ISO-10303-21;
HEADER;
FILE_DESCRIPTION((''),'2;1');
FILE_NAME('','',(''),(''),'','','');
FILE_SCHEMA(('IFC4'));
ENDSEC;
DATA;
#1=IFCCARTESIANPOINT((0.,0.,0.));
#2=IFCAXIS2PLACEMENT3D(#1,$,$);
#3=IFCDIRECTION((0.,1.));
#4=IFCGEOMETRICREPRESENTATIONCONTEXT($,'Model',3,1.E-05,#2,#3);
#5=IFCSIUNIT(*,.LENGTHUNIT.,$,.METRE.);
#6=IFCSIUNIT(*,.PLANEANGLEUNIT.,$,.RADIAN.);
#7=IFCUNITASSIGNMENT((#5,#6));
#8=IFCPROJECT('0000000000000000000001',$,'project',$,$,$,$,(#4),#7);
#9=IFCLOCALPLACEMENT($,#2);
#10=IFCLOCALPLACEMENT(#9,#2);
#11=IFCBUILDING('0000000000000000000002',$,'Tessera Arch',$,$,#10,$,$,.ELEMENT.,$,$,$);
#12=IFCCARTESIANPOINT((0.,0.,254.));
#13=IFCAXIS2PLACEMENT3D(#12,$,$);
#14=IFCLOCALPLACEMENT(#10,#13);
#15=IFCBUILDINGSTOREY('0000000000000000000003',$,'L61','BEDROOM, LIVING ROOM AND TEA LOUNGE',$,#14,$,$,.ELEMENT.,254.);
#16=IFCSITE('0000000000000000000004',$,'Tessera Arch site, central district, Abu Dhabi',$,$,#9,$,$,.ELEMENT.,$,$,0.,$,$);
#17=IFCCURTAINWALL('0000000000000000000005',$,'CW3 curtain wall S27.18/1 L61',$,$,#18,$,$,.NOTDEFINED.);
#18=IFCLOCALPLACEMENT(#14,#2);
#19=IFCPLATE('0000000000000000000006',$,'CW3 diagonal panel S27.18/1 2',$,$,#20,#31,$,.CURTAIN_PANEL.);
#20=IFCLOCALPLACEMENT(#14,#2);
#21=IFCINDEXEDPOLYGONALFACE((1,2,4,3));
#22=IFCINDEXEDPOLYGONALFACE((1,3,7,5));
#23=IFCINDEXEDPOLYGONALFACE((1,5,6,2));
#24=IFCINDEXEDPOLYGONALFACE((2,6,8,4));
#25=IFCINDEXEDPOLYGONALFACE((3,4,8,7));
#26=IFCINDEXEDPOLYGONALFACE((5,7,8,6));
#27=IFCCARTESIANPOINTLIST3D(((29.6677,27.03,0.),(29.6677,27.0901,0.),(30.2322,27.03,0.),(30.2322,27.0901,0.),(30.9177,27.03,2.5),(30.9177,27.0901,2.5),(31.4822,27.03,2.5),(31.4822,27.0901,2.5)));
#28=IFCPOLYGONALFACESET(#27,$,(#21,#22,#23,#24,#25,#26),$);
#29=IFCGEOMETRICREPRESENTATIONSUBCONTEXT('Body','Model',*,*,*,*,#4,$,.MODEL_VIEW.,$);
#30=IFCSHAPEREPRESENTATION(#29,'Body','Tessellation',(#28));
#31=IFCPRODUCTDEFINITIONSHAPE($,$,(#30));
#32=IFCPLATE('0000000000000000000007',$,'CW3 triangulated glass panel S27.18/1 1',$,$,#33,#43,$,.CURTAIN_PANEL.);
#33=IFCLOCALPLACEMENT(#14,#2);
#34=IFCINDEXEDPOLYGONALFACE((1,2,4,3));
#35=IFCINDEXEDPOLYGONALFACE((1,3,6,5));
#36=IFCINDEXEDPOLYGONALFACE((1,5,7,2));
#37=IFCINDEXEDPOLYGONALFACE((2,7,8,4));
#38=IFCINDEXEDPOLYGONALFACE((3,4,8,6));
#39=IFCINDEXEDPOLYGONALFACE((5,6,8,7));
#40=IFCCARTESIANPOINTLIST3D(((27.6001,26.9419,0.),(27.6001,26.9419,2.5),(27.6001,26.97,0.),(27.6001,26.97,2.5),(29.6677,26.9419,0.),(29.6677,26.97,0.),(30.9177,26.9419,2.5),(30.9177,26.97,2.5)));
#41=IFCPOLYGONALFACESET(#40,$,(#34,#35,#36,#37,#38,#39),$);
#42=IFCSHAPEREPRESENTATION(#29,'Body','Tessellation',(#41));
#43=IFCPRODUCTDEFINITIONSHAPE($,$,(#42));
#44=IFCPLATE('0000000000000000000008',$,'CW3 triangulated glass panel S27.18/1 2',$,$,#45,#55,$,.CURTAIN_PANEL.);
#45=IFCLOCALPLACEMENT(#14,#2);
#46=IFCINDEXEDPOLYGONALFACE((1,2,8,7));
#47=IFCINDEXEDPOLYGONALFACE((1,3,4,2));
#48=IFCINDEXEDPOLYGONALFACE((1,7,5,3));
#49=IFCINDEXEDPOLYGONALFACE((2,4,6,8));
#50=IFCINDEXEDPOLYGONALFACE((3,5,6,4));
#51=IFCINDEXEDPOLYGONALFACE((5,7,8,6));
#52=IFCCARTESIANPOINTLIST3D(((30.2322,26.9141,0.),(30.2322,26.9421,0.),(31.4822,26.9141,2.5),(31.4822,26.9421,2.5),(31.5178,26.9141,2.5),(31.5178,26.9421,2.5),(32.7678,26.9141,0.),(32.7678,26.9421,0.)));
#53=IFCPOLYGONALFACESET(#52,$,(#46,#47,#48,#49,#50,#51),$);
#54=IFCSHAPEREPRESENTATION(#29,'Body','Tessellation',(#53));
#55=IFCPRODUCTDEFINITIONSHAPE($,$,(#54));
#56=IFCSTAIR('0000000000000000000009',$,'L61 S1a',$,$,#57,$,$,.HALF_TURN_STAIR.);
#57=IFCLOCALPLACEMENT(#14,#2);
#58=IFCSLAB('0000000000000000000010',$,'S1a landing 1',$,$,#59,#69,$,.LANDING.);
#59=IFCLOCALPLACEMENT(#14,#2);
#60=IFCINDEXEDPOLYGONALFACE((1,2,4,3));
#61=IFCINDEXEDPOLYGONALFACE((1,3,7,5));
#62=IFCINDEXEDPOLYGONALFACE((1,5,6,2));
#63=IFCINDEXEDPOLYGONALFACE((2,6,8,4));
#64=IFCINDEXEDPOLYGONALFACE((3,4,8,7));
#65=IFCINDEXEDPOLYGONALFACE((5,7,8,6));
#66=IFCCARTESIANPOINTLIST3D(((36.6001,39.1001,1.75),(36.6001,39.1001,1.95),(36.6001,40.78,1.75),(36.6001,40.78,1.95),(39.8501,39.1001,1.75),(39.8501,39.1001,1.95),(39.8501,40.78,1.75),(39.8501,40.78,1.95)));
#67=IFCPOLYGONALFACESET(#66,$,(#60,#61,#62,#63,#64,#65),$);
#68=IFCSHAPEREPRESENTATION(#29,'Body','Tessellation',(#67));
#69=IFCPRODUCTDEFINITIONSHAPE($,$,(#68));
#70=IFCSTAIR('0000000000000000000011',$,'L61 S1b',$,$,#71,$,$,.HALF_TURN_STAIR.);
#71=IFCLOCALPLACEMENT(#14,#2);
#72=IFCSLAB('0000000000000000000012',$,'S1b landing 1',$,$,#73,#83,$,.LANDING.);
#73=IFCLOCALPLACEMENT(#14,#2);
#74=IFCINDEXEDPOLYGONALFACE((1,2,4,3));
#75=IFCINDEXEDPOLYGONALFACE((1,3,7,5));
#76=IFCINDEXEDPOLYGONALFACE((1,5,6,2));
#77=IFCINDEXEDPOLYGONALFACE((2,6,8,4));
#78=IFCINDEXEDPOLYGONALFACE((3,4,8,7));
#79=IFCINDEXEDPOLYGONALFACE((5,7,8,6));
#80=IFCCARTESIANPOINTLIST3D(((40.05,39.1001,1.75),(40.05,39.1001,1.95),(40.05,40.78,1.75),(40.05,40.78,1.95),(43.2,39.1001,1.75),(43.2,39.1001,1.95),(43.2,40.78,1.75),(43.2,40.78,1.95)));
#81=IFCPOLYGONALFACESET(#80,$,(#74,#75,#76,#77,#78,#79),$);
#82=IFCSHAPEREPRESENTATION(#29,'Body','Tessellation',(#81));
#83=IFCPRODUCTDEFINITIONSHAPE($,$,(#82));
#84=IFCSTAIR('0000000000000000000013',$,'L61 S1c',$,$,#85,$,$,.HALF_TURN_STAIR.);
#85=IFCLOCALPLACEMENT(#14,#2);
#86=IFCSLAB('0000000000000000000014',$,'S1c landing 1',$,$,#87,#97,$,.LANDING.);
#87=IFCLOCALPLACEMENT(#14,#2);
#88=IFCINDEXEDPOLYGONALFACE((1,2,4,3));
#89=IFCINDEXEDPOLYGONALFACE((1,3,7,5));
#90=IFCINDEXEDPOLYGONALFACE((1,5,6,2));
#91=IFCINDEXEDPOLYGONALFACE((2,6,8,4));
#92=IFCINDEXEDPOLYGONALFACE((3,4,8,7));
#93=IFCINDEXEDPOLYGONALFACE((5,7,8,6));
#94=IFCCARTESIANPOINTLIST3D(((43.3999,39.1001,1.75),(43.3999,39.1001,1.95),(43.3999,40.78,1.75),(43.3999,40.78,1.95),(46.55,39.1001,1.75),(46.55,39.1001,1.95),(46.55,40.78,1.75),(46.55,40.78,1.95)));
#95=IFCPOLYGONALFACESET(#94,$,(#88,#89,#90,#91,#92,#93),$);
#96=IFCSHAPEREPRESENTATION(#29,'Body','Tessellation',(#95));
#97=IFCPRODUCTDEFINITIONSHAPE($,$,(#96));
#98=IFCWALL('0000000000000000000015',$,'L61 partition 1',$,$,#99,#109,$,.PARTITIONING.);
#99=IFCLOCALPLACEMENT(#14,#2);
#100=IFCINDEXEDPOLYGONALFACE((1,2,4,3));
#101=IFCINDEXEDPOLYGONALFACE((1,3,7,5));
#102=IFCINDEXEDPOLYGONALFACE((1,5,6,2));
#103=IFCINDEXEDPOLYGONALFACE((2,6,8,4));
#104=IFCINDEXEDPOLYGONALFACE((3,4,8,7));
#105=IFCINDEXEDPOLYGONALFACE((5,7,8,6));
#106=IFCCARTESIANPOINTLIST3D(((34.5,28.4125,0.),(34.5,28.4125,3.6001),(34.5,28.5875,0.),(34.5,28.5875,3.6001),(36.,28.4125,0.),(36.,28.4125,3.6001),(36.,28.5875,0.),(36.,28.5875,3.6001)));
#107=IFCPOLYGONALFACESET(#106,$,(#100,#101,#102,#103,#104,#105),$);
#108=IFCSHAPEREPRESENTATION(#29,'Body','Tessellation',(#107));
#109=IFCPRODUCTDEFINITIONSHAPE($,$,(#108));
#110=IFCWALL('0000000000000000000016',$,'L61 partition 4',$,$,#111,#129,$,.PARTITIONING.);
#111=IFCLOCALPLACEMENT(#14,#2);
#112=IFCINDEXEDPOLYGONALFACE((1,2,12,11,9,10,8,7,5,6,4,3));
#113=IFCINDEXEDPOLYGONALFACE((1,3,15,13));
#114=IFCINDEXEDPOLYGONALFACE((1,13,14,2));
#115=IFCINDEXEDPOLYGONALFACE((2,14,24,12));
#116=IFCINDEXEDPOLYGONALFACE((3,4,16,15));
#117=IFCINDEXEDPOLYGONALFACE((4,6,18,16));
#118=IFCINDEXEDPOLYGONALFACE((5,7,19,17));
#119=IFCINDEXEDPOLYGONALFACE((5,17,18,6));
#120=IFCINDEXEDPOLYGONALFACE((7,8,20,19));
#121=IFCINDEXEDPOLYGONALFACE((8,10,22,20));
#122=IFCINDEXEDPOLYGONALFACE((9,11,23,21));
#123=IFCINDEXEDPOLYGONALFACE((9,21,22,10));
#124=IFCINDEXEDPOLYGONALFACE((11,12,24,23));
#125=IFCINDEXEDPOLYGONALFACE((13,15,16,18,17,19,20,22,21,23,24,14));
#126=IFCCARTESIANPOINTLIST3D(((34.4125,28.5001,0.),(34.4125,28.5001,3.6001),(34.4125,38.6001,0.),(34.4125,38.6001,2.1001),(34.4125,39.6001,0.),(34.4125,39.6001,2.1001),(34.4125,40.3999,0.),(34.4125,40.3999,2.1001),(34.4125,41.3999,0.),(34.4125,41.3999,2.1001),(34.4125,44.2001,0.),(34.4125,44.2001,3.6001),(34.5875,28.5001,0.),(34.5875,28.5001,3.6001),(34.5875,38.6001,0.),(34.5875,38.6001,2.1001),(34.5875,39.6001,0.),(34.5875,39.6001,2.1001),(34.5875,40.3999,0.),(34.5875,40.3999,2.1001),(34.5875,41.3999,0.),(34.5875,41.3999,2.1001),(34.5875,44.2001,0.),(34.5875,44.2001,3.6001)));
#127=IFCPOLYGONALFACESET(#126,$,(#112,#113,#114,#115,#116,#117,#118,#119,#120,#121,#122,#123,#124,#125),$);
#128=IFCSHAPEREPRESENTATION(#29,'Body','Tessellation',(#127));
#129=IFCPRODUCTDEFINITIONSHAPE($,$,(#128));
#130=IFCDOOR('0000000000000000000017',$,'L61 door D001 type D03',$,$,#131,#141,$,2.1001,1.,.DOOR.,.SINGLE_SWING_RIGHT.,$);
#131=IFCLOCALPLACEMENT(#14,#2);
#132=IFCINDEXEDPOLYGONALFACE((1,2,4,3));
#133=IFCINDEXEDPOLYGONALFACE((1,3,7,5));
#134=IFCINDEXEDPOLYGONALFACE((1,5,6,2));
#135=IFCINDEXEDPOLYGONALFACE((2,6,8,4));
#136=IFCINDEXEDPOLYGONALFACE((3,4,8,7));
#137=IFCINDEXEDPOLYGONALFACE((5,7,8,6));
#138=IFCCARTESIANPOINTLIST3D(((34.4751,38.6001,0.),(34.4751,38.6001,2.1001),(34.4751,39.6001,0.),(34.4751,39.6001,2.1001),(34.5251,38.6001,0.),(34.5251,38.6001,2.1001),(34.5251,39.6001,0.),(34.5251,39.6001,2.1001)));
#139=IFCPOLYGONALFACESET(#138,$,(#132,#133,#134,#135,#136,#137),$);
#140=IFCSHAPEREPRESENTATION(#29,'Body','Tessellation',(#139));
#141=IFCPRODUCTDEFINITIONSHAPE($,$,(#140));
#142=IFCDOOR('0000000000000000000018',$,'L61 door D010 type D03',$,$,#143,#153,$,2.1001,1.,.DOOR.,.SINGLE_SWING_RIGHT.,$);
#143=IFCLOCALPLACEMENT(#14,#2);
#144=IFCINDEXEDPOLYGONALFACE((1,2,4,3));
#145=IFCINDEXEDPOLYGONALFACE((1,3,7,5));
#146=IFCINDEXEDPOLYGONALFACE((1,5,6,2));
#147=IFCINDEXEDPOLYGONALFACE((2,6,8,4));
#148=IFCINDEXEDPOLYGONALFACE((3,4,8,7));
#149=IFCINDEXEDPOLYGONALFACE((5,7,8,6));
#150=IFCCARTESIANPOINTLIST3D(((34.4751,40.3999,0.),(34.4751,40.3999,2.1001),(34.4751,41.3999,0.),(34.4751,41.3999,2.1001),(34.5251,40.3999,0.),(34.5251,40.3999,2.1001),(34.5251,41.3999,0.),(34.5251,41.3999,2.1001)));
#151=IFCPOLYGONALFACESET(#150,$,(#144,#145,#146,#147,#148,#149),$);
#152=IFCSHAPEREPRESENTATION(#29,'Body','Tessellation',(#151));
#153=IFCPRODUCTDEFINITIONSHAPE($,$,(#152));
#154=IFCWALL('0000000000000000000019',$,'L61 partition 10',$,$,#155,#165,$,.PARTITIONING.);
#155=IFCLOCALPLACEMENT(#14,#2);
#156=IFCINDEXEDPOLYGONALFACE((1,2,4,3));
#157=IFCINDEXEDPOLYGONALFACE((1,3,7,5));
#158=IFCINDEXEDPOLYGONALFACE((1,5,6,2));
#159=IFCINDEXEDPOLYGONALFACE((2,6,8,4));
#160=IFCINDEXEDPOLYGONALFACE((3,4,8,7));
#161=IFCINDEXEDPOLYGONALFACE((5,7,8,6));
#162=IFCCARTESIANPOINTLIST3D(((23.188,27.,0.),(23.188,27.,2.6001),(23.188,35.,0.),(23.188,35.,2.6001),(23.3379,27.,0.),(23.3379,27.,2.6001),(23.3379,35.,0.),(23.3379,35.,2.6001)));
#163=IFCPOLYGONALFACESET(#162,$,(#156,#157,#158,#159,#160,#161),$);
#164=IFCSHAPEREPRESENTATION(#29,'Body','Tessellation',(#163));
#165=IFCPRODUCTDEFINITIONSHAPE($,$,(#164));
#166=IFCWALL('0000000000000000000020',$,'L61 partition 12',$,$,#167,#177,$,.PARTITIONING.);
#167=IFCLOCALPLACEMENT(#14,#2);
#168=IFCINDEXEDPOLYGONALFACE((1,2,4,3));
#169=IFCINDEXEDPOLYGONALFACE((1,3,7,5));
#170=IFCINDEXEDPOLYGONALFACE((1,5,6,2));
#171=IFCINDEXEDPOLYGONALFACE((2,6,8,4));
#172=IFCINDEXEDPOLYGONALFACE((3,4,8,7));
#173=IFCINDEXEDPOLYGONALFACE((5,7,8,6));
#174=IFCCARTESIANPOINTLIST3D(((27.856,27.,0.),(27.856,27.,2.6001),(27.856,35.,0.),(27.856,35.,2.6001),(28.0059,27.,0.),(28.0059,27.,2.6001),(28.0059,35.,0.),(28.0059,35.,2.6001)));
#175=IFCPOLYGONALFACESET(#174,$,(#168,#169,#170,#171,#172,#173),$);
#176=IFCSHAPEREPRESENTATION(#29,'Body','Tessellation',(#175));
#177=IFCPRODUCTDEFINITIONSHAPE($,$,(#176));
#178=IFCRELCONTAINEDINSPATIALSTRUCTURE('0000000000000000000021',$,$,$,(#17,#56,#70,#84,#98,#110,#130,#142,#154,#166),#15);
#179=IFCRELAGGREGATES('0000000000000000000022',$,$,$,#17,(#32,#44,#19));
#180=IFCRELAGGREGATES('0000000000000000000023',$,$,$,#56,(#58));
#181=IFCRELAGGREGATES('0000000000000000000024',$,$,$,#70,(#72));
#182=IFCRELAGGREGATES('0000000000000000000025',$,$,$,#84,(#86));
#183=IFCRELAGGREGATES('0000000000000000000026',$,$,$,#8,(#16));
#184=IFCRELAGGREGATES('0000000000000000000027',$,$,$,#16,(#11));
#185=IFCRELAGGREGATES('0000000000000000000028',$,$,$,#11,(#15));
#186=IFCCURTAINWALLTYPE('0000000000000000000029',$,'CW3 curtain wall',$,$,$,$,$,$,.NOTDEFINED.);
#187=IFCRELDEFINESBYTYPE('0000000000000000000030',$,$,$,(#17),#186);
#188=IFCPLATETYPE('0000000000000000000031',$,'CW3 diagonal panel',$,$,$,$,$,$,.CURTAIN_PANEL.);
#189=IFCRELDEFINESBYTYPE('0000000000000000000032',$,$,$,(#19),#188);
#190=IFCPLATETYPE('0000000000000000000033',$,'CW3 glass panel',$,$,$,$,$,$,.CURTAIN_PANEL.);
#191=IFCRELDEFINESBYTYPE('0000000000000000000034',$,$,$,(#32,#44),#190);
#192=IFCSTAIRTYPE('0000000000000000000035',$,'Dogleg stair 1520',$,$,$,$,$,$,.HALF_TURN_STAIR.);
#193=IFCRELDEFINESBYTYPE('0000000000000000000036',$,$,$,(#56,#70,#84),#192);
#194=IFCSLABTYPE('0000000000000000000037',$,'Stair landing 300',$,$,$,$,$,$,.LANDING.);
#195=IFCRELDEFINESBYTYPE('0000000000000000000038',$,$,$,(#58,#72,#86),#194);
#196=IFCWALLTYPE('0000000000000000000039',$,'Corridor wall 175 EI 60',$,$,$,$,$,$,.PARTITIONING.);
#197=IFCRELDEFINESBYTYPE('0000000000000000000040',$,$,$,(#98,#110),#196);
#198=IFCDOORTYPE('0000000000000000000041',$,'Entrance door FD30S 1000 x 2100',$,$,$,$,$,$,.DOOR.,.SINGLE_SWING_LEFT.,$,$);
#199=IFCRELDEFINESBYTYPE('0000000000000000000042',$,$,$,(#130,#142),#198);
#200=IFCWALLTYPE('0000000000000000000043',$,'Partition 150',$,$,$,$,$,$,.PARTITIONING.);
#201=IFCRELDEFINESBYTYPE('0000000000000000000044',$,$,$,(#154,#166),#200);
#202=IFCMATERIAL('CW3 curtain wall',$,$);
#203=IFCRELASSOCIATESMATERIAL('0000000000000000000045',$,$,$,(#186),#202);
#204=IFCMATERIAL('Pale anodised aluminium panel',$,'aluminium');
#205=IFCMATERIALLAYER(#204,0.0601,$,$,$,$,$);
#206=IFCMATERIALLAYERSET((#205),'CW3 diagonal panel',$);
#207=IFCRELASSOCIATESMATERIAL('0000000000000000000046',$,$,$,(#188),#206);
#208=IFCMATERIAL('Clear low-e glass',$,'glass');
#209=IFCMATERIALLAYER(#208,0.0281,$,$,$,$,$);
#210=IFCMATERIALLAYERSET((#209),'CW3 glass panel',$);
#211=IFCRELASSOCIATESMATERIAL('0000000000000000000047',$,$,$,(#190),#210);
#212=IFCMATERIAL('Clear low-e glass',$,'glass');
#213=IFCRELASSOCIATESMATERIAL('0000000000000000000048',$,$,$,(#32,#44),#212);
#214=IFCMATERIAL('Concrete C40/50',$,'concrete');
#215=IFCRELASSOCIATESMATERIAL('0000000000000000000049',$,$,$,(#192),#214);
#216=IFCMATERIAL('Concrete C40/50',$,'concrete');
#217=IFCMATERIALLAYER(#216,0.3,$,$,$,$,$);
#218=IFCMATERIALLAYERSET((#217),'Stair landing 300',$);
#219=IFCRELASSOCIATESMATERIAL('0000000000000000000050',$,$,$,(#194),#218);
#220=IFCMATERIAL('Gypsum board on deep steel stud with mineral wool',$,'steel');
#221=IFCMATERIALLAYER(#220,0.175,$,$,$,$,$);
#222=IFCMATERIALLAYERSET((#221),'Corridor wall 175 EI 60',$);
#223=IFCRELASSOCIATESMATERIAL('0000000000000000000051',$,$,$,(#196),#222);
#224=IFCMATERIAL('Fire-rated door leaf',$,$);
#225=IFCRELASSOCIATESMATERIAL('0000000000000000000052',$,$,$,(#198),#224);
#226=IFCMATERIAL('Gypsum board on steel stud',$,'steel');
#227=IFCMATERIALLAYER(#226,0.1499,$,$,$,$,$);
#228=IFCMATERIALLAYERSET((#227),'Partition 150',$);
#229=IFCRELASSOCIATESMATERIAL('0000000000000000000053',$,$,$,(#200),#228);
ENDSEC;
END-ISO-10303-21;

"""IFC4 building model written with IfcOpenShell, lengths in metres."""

from ifc_helpers import new_model, si_unit, direction, frame, frame_2d, origin, place, context, subcontext, project, spatial, polyline, rectangle, outline, extrude, material, layer, layer_set, type_object, element, fill, aggregate, save


model = new_model("IFC4")

# Units and contexts
model_context = context("Model", 3, precision=1e-05, world=origin(), true_north=direction((0.0, 1.0)))
body_context = subcontext(model_context, "Body", "Model", "MODEL_VIEW")
ifc_project = project(units=[si_unit("LENGTHUNIT", "METRE"), si_unit("PLANEANGLEUNIT", "RADIAN")], contexts=[model_context])

# Site, building, storey
site_placement = place(None, origin())
site = spatial("IfcSite", under=ifc_project, at=site_placement, Name="Tessera Arch site, central district, Abu Dhabi", CompositionType="ELEMENT", RefElevation=0.0)
building_placement = place(site_placement, origin())
building = spatial("IfcBuilding", under=site, at=building_placement, Name="Tessera Arch", CompositionType="ELEMENT")
storey_placement = place(building_placement, frame((0.0, 0.0, 254.0)))
storey = spatial("IfcBuildingStorey", under=building, at=storey_placement, Name="L61", Description="BEDROOM, LIVING ROOM AND TEA LOUNGE", CompositionType="ELEMENT", Elevation=254.0)

# Curtain wall
ifc_material_1 = material(Name="CW3 curtain wall")
curtain_wall_type_1 = type_object("IfcCurtainWallType", Name="CW3 curtain wall", PredefinedType="NOTDEFINED", material=ifc_material_1)
curtain_wall_1_placement = place(storey_placement, origin())
curtain_wall_1 = element("IfcCurtainWall", 1, at=curtain_wall_1_placement, inside=storey, type_object=curtain_wall_type_1, Name="CW3 curtain wall S27.18/1 L61", PredefinedType="NOTDEFINED")

# Shared definitions
ifc_material_2 = material(Name="Clear low-e glass", Category="glass")

# Plates
ifc_material_3 = material(Name="Pale anodised aluminium panel", Category="aluminium")
ifc_layer_1 = layer(ifc_material_3, 0.0601)
ifc_layer_set_1 = layer_set([ifc_layer_1], Name="CW3 diagonal panel")
plate_type_1 = type_object("IfcPlateType", Name="CW3 diagonal panel", PredefinedType="CURTAIN_PANEL", material=ifc_layer_set_1)
plate_1_placement = place(storey_placement, frame((31.4822, 27.03, 2.5), z_axis=(0.0, -1.0, 0.0), x_axis=(-1.0, 0.0, 0.0)))
plate_1 = element("IfcPlate", 2, at=plate_1_placement, type_object=plate_type_1, Name="CW3 diagonal panel S27.18/1 2", PredefinedType="CURTAIN_PANEL", context=body_context, shape_type="SweptSolid", body=[
    extrude(outline(polyline([(0.0, 0.0), (0.5645, 0.0), (1.8145, 2.5), (1.25, 2.5), (0.0, 0.0)])), origin(), (0.0, 0.0, -1.0), 0.0601),
])
ifc_material_4 = material(Name="Clear low-e glass", Category="glass")
ifc_layer_2 = layer(ifc_material_4, 0.0281)
ifc_layer_set_2 = layer_set([ifc_layer_2], Name="CW3 glass panel")
plate_type_2 = type_object("IfcPlateType", Name="CW3 glass panel", PredefinedType="CURTAIN_PANEL", material=ifc_layer_set_2)
plate_2_placement = place(storey_placement, frame((27.6001, 26.9419, 0.0), z_axis=(0.0, -1.0, 0.0), x_axis=(1.0, 0.0, 0.0)))
plate_2 = element("IfcPlate", 3, at=plate_2_placement, type_object=plate_type_2, material=ifc_material_2, Name="CW3 triangulated glass panel S27.18/1 1", PredefinedType="CURTAIN_PANEL", context=body_context, shape_type="SweptSolid", body=[
    extrude(outline(polyline([(0.0, 0.0), (2.0676, 0.0), (3.3176, 2.5), (0.0, 2.5), (0.0, 0.0)])), origin(), (0.0, 0.0, -1.0), 0.0281),
])
plate_3_placement = place(storey_placement, frame((31.5178, 26.9141, 2.5), z_axis=(0.0, -1.0, 0.0), x_axis=(-1.0, 0.0, 0.0)))
plate_3 = element("IfcPlate", 4, at=plate_3_placement, type_object=plate_type_2, material=ifc_material_2, Name="CW3 triangulated glass panel S27.18/1 2", PredefinedType="CURTAIN_PANEL", context=body_context, shape_type="SweptSolid", body=[
    extrude(outline(polyline([(0.0, 0.0), (0.0356, 0.0), (1.2856, 2.5), (-1.25, 2.5), (0.0, 0.0)])), origin(), (0.0, 0.0, -1.0), 0.0281),
])
aggregate(curtain_wall_1, [plate_2, plate_3, plate_1])

# Stairs, slabs
ifc_material_5 = material(Name="Concrete C40/50", Category="concrete")
stair_type = type_object("IfcStairType", Name="Dogleg stair 1520", PredefinedType="HALF_TURN_STAIR", material=ifc_material_5)
stair_1_placement = place(storey_placement, origin())
stair_1 = element("IfcStair", 5, at=stair_1_placement, inside=storey, type_object=stair_type, Name="L61 S1a", PredefinedType="HALF_TURN_STAIR")
ifc_material_6 = material(Name="Concrete C40/50", Category="concrete")
ifc_layer_3 = layer(ifc_material_6, 0.3)
ifc_layer_set_3 = layer_set([ifc_layer_3], Name="Stair landing 300")
slab_type = type_object("IfcSlabType", Name="Stair landing 300", PredefinedType="LANDING", material=ifc_layer_set_3)
slab_1_placement = place(storey_placement, frame((0.0, 0.0, 1.75)))
slab_1 = element("IfcSlab", 6, at=slab_1_placement, type_object=slab_type, Name="S1a landing 1", PredefinedType="LANDING", context=body_context, shape_type="SweptSolid", body=[
    extrude(outline(polyline([(36.6001, 40.78), (36.6001, 39.1001), (39.8501, 39.1001), (39.8501, 40.78), (36.6001, 40.78)])), origin(), (0.0, 0.0, 1.0), 0.2),
])
aggregate(stair_1, [slab_1])
stair_2_placement = place(storey_placement, origin())
stair_2 = element("IfcStair", 7, at=stair_2_placement, inside=storey, type_object=stair_type, Name="L61 S1b", PredefinedType="HALF_TURN_STAIR")
slab_2_placement = place(storey_placement, frame((0.0, 0.0, 1.75)))
slab_2 = element("IfcSlab", 8, at=slab_2_placement, type_object=slab_type, Name="S1b landing 1", PredefinedType="LANDING", context=body_context, shape_type="SweptSolid", body=[
    extrude(outline(polyline([(40.05, 40.78), (40.05, 39.1001), (43.2, 39.1001), (43.2, 40.78), (40.05, 40.78)])), origin(), (0.0, 0.0, 1.0), 0.2),
])
aggregate(stair_2, [slab_2])
stair_3_placement = place(storey_placement, origin())
stair_3 = element("IfcStair", 9, at=stair_3_placement, inside=storey, type_object=stair_type, Name="L61 S1c", PredefinedType="HALF_TURN_STAIR")
slab_3_placement = place(storey_placement, frame((0.0, 0.0, 1.75)))
slab_3 = element("IfcSlab", 10, at=slab_3_placement, type_object=slab_type, Name="S1c landing 1", PredefinedType="LANDING", context=body_context, shape_type="SweptSolid", body=[
    extrude(outline(polyline([(43.3999, 40.78), (43.3999, 39.1001), (46.55, 39.1001), (46.55, 40.78), (43.3999, 40.78)])), origin(), (0.0, 0.0, 1.0), 0.2),
])
aggregate(stair_3, [slab_3])

# Wall
ifc_material_7 = material(Name="Gypsum board on deep steel stud with mineral wool", Category="steel")
ifc_layer_4 = layer(ifc_material_7, 0.175)
ifc_layer_set_4 = layer_set([ifc_layer_4], Name="Corridor wall 175 EI 60")
wall_type_1 = type_object("IfcWallType", Name="Corridor wall 175 EI 60", PredefinedType="PARTITIONING", material=ifc_layer_set_4)
wall_1_placement = place(storey_placement, frame((34.5, 28.5, 0.0), z_axis=(0.0, 0.0, 1.0), x_axis=(1.0, 0.0, 0.0)))
element("IfcWall", 11, at=wall_1_placement, inside=storey, type_object=wall_type_1, Name="L61 partition 1", PredefinedType="PARTITIONING", context=body_context, shape_type="SweptSolid", body=[
    extrude(rectangle(XDim=1.5, YDim=0.175, at=frame_2d((0.75, 0.0))), origin(), (0.0, 0.0, 1.0), 3.6001),
])

# Wall, openings, doors
wall_2_placement = place(storey_placement, frame((34.5, 28.5, 0.0), z_axis=(0.0, 0.0, 1.0), x_axis=(0.0, 1.0, 0.0)))
wall_2 = element("IfcWall", 12, at=wall_2_placement, inside=storey, type_object=wall_type_1, Name="L61 partition 4", PredefinedType="PARTITIONING", context=body_context, shape_type="SweptSolid", body=[
    extrude(rectangle(XDim=15.7, YDim=0.175, at=frame_2d((7.8501, 0.0))), origin(), (0.0, 0.0, 1.0), 3.6001),
])
opening_1_placement = place(wall_2_placement, frame((10.1001, 0.0, 0.0)))
opening_1 = element("IfcOpeningElement", 13, at=opening_1_placement, cuts=wall_2, PredefinedType="OPENING", context=body_context, shape_type="SweptSolid", body=[
    extrude(rectangle(XDim=1.0, YDim=2.1001, at=frame_2d((0.5, 1.05))), frame((0.0, 0.0974, 0.0), z_axis=(0.0, -1.0, 0.0), x_axis=(1.0, 0.0, 0.0)), (0.0, 0.0, 1.0), 0.1951),
])
opening_2_placement = place(wall_2_placement, frame((11.8999, 0.0, 0.0)))
opening_2 = element("IfcOpeningElement", 14, at=opening_2_placement, cuts=wall_2, PredefinedType="OPENING", context=body_context, shape_type="SweptSolid", body=[
    extrude(rectangle(XDim=1.0, YDim=2.1001, at=frame_2d((0.5, 1.05))), frame((0.0, 0.0974, 0.0), z_axis=(0.0, -1.0, 0.0), x_axis=(1.0, 0.0, 0.0)), (0.0, 0.0, 1.0), 0.1951),
])
ifc_material_8 = material(Name="Fire-rated door leaf")
door_type_1 = type_object("IfcDoorType", Name="Entrance door FD30S 1000 x 2100", OperationType="SINGLE_SWING_LEFT", PredefinedType="DOOR", material=ifc_material_8)
door_1_placement = place(opening_1_placement, origin())
door_1 = element("IfcDoor", 15, at=door_1_placement, inside=storey, type_object=door_type_1, Name="L61 door D001 type D03", OperationType="SINGLE_SWING_RIGHT", OverallHeight=2.1001, OverallWidth=1.0, PredefinedType="DOOR", context=body_context, shape_type="SweptSolid", body=[
    extrude(rectangle(XDim=1.0, YDim=2.1001, at=frame_2d((0.5, 1.05))), frame((0.0, 0.0249, 0.0), z_axis=(0.0, -1.0, 0.0), x_axis=(1.0, 0.0, 0.0)), (0.0, 0.0, 1.0), 0.05),
])
fill(opening_1, door_1)
door_2_placement = place(opening_2_placement, origin())
door_2 = element("IfcDoor", 16, at=door_2_placement, inside=storey, type_object=door_type_1, Name="L61 door D010 type D03", OperationType="SINGLE_SWING_RIGHT", OverallHeight=2.1001, OverallWidth=1.0, PredefinedType="DOOR", context=body_context, shape_type="SweptSolid", body=[
    extrude(rectangle(XDim=1.0, YDim=2.1001, at=frame_2d((0.5, 1.05))), frame((0.0, 0.0249, 0.0), z_axis=(0.0, -1.0, 0.0), x_axis=(1.0, 0.0, 0.0)), (0.0, 0.0, 1.0), 0.05),
])
fill(opening_2, door_2)

# Walls
ifc_material_9 = material(Name="Gypsum board on steel stud", Category="steel")
ifc_layer_5 = layer(ifc_material_9, 0.1499)
ifc_layer_set_5 = layer_set([ifc_layer_5], Name="Partition 150")
wall_type_2 = type_object("IfcWallType", Name="Partition 150", PredefinedType="PARTITIONING", material=ifc_layer_set_5)
for number, where, z_axis, x_axis, name in (
    (17, (23.2629, 27.0, 0.0), (0.0, 0.0, 1.0), (0.0, 1.0, 0.0), "L61 partition 10"),
    (18, (27.9309, 27.0, 0.0), (0.0, 0.0, 1.0), (0.0, 1.0, 0.0), "L61 partition 12"),
):
    element("IfcWall", number, at=place(storey_placement, frame(where, z_axis=z_axis, x_axis=x_axis)), inside=storey, type_object=wall_type_2, Name=name, PredefinedType="PARTITIONING", context=body_context, shape_type="SweptSolid", body=[
        extrude(rectangle(XDim=8.0, YDim=0.1499, at=frame_2d((4.0, 0.0))), origin(), (0.0, 0.0, 1.0), 2.6001),
    ])

save(model, "model.ifc")
